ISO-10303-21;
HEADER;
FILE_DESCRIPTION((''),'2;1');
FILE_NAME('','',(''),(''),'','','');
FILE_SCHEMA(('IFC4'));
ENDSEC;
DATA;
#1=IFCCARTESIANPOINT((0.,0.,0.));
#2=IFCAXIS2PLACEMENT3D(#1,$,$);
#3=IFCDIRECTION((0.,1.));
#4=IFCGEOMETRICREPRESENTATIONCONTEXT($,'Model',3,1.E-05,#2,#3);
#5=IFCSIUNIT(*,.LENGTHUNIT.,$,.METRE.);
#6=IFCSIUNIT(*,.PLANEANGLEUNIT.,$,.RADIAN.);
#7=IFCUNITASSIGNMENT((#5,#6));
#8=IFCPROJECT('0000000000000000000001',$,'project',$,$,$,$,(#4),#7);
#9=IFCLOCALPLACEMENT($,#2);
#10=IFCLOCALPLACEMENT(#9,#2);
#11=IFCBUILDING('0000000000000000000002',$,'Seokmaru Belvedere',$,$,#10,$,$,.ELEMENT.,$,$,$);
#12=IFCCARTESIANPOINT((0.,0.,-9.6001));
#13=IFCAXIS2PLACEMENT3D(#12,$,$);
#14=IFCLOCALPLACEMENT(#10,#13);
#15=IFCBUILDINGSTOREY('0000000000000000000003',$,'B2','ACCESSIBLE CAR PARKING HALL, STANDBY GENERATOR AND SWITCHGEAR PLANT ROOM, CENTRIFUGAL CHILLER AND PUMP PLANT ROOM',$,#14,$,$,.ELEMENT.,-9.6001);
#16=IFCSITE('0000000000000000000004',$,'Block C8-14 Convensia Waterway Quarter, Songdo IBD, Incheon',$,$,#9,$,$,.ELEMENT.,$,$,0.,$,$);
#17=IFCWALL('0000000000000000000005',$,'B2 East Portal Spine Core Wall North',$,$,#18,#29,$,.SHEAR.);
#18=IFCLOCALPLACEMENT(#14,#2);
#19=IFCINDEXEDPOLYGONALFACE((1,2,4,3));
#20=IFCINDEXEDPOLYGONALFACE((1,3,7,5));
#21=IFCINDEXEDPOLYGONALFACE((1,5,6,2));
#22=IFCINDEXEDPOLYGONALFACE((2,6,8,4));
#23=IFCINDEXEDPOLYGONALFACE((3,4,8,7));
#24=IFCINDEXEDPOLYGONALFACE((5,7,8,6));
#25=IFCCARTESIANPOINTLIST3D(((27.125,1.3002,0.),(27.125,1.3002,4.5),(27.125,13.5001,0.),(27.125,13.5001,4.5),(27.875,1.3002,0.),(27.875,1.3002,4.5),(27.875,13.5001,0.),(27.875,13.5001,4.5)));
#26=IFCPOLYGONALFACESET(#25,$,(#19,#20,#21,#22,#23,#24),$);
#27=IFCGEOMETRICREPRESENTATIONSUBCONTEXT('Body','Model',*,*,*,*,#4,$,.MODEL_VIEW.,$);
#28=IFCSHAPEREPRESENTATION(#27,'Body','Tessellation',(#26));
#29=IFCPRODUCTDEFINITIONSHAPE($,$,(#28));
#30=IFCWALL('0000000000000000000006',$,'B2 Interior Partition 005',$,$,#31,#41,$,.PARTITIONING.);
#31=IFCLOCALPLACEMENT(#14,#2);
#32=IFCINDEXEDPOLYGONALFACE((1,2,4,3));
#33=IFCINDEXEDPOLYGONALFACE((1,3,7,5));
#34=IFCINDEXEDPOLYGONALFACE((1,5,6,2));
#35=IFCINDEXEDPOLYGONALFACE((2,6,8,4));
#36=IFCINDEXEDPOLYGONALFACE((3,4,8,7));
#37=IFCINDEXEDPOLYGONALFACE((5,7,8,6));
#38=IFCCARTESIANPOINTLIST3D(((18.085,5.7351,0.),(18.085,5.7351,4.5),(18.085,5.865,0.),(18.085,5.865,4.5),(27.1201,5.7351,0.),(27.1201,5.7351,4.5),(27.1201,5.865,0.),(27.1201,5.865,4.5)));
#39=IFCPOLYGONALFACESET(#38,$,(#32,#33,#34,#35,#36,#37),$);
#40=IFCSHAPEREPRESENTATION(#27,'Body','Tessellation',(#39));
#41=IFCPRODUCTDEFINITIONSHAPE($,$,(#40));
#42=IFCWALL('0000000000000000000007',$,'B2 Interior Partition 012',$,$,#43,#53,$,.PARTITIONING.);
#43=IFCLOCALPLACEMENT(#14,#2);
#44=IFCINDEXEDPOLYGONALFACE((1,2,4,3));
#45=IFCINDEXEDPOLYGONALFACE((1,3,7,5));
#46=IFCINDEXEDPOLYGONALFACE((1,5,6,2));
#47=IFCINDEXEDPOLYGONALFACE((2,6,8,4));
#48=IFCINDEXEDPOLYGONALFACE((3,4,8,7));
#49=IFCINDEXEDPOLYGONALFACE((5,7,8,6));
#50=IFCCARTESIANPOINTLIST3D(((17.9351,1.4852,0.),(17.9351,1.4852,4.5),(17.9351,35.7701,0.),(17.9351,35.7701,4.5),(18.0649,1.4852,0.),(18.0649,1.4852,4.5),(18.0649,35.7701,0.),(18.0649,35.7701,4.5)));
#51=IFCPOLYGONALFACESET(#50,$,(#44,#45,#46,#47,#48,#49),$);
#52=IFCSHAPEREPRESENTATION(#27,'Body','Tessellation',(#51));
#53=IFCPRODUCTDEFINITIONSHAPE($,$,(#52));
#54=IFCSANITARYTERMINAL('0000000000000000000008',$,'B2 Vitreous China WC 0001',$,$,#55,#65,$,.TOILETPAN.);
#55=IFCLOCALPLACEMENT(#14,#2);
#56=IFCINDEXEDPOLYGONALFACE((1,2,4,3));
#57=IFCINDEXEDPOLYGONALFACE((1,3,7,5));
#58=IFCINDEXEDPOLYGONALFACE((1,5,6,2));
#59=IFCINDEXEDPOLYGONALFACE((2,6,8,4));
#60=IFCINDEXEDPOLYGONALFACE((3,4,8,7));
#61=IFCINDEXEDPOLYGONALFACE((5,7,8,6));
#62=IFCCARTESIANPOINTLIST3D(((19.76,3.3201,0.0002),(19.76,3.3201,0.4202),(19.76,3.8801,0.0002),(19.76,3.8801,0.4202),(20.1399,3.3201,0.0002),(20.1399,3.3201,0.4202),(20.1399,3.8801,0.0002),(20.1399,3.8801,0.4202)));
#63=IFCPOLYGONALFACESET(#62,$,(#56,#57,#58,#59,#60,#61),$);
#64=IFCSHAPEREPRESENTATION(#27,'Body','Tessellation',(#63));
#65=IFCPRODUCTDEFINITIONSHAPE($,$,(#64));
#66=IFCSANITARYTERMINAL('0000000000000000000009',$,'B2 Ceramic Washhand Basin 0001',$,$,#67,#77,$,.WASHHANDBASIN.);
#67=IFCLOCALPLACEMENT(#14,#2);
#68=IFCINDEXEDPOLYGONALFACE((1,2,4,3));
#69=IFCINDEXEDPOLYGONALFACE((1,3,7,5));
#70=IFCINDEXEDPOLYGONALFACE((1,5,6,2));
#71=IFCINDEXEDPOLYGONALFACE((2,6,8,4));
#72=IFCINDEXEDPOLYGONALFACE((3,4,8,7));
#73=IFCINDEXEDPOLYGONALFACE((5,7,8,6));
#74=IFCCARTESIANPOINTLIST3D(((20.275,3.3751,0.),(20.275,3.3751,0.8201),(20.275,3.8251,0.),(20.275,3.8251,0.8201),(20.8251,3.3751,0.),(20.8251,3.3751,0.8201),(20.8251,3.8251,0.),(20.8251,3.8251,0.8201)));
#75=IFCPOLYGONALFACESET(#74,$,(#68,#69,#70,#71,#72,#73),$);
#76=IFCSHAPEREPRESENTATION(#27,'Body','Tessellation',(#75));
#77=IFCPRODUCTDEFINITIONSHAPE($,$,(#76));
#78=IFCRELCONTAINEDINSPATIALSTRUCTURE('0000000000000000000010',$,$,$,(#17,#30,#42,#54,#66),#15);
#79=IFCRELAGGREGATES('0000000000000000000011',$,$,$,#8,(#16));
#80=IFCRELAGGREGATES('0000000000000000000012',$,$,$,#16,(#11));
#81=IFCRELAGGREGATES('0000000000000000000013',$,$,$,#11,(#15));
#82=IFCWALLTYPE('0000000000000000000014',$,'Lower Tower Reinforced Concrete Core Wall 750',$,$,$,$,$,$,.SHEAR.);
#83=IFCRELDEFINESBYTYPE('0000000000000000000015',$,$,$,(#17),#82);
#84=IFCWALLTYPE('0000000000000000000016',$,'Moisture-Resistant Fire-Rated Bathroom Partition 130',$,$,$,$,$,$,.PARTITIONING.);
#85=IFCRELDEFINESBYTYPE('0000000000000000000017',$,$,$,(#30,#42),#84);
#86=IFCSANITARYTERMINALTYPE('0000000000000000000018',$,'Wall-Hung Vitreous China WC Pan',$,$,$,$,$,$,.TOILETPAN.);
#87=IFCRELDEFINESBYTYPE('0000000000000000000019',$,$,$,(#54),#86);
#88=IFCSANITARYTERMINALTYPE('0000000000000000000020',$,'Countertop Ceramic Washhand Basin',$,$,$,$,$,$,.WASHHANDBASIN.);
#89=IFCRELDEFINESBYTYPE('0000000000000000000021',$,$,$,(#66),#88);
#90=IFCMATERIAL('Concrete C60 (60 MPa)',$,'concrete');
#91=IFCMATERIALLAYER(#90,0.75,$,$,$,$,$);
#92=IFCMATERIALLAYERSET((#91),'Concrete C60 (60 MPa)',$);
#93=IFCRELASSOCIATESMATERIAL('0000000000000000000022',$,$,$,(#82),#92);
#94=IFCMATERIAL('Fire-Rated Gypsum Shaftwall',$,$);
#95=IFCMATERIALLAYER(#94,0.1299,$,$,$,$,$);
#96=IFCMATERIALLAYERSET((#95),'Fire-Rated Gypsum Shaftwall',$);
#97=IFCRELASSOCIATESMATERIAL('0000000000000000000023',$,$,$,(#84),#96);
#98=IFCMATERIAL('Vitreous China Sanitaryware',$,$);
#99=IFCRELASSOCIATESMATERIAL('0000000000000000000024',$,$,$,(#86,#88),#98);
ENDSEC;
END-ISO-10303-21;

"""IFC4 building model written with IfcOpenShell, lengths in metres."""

from ifc_helpers import new_model, si_unit, direction, frame, frame_2d, origin, origin_2d, place, context, subcontext, project, spatial, rectangle, extrude, source, transform, mapped, material, layer, layer_set, type_object, type_shapes, element, save


model = new_model("IFC4")

# Units and contexts
model_context = context("Model", 3, precision=1e-05, world=origin(), true_north=direction((0.0, 1.0)))
body_context = subcontext(model_context, "Body", "Model", "MODEL_VIEW")
ifc_project = project(units=[si_unit("LENGTHUNIT", "METRE"), si_unit("PLANEANGLEUNIT", "RADIAN")], contexts=[model_context])

# Site, building, storey
site_placement = place(None, origin())
site = spatial("IfcSite", under=ifc_project, at=site_placement, Name="Block C8-14 Convensia Waterway Quarter, Songdo IBD, Incheon", CompositionType="ELEMENT", RefElevation=0.0)
building_placement = place(site_placement, origin())
building = spatial("IfcBuilding", under=site, at=building_placement, Name="Seokmaru Belvedere", CompositionType="ELEMENT")
storey_placement = place(building_placement, frame((0.0, 0.0, -9.6001)))
storey = spatial("IfcBuildingStorey", under=building, at=storey_placement, Name="B2", Description="ACCESSIBLE CAR PARKING HALL, STANDBY GENERATOR AND SWITCHGEAR PLANT ROOM, CENTRIFUGAL CHILLER AND PUMP PLANT ROOM", CompositionType="ELEMENT", Elevation=-9.6001)

# Shared definitions
ifc_material_1 = material(Name="Concrete C60 (60 MPa)", Category="concrete")

# Walls
ifc_layer_1 = layer(ifc_material_1, 0.75)
ifc_layer_set_1 = layer_set([ifc_layer_1], Name="Concrete C60 (60 MPa)")
wall_type_1 = type_object("IfcWallType", Name="Lower Tower Reinforced Concrete Core Wall 750", PredefinedType="SHEAR", material=ifc_layer_set_1)
wall_1_placement = place(storey_placement, frame((27.5, 1.3, 0.0), z_axis=(0.0, 0.0, 1.0), x_axis=(0.0, 1.0, 0.0)))
element("IfcWall", 1, at=wall_1_placement, inside=storey, type_object=wall_type_1, Name="B2 East Portal Spine Core Wall North", PredefinedType="SHEAR", context=body_context, shape_type="SweptSolid", body=[
    extrude(rectangle(XDim=12.2, YDim=0.75, at=frame_2d((6.1001, 0.0))), origin(), (0.0, 0.0, 1.0), 4.5),
])
ifc_material_2 = material(Name="Fire-Rated Gypsum Shaftwall")
ifc_layer_2 = layer(ifc_material_2, 0.1299)
ifc_layer_set_2 = layer_set([ifc_layer_2], Name="Fire-Rated Gypsum Shaftwall")
wall_type_2 = type_object("IfcWallType", Name="Moisture-Resistant Fire-Rated Bathroom Partition 130", PredefinedType="PARTITIONING", material=ifc_layer_set_2)
wall_2_placement = place(storey_placement, frame((18.085, 5.8, 0.0), z_axis=(0.0, 0.0, 1.0), x_axis=(1.0, 0.0, 0.0)))
element("IfcWall", 2, at=wall_2_placement, inside=storey, type_object=wall_type_2, Name="B2 Interior Partition 005", PredefinedType="PARTITIONING", context=body_context, shape_type="SweptSolid", body=[
    extrude(rectangle(XDim=9.0352, YDim=0.1299, at=frame_2d((4.5176, 0.0))), origin(), (0.0, 0.0, 1.0), 4.5),
])
wall_3_placement = place(storey_placement, frame((18.0, 1.4851, 0.0), z_axis=(0.0, 0.0, 1.0), x_axis=(0.0, 1.0, 0.0)))
element("IfcWall", 3, at=wall_3_placement, inside=storey, type_object=wall_type_2, Name="B2 Interior Partition 012", PredefinedType="PARTITIONING", context=body_context, shape_type="SweptSolid", body=[
    extrude(rectangle(XDim=34.2849, YDim=0.1299, at=frame_2d((17.1426, 0.0))), origin(), (0.0, 0.0, 1.0), 4.5),
])

# Sanitary terminals
ifc_material_3 = material(Name="Vitreous China Sanitaryware")
sanitary_terminal_type_1 = type_object("IfcSanitaryTerminalType", Name="Wall-Hung Vitreous China WC Pan", PredefinedType="TOILETPAN", material=ifc_material_3)
shared_shape_1 = source(origin(), body_context, "Body", "SweptSolid", [
    extrude(rectangle(XDim=0.3799, YDim=0.5601, at=origin_2d()), origin(), (0.0, 0.0, 1.0), 0.4199),
])
type_shapes(sanitary_terminal_type_1, [shared_shape_1])
sanitary_terminal_1_placement = place(storey_placement, frame((19.95, 3.6001, 0.0002), z_axis=(0.0, 0.0, 1.0), x_axis=(1.0, 0.0, 0.0)))
element("IfcSanitaryTerminal", 4, at=sanitary_terminal_1_placement, inside=storey, type_object=sanitary_terminal_type_1, Name="B2 Vitreous China WC 0001", PredefinedType="TOILETPAN", context=body_context, shape_type="MappedRepresentation", body=[
    mapped(shared_shape_1, transform((0.0, 0.0, 0.0), scale=1.0)),
])
sanitary_terminal_type_2 = type_object("IfcSanitaryTerminalType", Name="Countertop Ceramic Washhand Basin", PredefinedType="WASHHANDBASIN", material=ifc_material_3)
shared_shape_2 = source(origin(), body_context, "Body", "SweptSolid", [
    extrude(rectangle(XDim=0.55, YDim=0.45, at=origin_2d()), origin(), (0.0, 0.0, 1.0), 0.8201),
])
type_shapes(sanitary_terminal_type_2, [shared_shape_2])
sanitary_terminal_2_placement = place(storey_placement, frame((20.55, 3.6001, 0.0), z_axis=(0.0, 0.0, 1.0), x_axis=(1.0, 0.0, 0.0)))
element("IfcSanitaryTerminal", 5, at=sanitary_terminal_2_placement, inside=storey, type_object=sanitary_terminal_type_2, Name="B2 Ceramic Washhand Basin 0001", PredefinedType="WASHHANDBASIN", context=body_context, shape_type="MappedRepresentation", body=[
    mapped(shared_shape_2, transform((0.0, 0.0, 0.0), scale=1.0)),
])

save(model, "model.ifc")
